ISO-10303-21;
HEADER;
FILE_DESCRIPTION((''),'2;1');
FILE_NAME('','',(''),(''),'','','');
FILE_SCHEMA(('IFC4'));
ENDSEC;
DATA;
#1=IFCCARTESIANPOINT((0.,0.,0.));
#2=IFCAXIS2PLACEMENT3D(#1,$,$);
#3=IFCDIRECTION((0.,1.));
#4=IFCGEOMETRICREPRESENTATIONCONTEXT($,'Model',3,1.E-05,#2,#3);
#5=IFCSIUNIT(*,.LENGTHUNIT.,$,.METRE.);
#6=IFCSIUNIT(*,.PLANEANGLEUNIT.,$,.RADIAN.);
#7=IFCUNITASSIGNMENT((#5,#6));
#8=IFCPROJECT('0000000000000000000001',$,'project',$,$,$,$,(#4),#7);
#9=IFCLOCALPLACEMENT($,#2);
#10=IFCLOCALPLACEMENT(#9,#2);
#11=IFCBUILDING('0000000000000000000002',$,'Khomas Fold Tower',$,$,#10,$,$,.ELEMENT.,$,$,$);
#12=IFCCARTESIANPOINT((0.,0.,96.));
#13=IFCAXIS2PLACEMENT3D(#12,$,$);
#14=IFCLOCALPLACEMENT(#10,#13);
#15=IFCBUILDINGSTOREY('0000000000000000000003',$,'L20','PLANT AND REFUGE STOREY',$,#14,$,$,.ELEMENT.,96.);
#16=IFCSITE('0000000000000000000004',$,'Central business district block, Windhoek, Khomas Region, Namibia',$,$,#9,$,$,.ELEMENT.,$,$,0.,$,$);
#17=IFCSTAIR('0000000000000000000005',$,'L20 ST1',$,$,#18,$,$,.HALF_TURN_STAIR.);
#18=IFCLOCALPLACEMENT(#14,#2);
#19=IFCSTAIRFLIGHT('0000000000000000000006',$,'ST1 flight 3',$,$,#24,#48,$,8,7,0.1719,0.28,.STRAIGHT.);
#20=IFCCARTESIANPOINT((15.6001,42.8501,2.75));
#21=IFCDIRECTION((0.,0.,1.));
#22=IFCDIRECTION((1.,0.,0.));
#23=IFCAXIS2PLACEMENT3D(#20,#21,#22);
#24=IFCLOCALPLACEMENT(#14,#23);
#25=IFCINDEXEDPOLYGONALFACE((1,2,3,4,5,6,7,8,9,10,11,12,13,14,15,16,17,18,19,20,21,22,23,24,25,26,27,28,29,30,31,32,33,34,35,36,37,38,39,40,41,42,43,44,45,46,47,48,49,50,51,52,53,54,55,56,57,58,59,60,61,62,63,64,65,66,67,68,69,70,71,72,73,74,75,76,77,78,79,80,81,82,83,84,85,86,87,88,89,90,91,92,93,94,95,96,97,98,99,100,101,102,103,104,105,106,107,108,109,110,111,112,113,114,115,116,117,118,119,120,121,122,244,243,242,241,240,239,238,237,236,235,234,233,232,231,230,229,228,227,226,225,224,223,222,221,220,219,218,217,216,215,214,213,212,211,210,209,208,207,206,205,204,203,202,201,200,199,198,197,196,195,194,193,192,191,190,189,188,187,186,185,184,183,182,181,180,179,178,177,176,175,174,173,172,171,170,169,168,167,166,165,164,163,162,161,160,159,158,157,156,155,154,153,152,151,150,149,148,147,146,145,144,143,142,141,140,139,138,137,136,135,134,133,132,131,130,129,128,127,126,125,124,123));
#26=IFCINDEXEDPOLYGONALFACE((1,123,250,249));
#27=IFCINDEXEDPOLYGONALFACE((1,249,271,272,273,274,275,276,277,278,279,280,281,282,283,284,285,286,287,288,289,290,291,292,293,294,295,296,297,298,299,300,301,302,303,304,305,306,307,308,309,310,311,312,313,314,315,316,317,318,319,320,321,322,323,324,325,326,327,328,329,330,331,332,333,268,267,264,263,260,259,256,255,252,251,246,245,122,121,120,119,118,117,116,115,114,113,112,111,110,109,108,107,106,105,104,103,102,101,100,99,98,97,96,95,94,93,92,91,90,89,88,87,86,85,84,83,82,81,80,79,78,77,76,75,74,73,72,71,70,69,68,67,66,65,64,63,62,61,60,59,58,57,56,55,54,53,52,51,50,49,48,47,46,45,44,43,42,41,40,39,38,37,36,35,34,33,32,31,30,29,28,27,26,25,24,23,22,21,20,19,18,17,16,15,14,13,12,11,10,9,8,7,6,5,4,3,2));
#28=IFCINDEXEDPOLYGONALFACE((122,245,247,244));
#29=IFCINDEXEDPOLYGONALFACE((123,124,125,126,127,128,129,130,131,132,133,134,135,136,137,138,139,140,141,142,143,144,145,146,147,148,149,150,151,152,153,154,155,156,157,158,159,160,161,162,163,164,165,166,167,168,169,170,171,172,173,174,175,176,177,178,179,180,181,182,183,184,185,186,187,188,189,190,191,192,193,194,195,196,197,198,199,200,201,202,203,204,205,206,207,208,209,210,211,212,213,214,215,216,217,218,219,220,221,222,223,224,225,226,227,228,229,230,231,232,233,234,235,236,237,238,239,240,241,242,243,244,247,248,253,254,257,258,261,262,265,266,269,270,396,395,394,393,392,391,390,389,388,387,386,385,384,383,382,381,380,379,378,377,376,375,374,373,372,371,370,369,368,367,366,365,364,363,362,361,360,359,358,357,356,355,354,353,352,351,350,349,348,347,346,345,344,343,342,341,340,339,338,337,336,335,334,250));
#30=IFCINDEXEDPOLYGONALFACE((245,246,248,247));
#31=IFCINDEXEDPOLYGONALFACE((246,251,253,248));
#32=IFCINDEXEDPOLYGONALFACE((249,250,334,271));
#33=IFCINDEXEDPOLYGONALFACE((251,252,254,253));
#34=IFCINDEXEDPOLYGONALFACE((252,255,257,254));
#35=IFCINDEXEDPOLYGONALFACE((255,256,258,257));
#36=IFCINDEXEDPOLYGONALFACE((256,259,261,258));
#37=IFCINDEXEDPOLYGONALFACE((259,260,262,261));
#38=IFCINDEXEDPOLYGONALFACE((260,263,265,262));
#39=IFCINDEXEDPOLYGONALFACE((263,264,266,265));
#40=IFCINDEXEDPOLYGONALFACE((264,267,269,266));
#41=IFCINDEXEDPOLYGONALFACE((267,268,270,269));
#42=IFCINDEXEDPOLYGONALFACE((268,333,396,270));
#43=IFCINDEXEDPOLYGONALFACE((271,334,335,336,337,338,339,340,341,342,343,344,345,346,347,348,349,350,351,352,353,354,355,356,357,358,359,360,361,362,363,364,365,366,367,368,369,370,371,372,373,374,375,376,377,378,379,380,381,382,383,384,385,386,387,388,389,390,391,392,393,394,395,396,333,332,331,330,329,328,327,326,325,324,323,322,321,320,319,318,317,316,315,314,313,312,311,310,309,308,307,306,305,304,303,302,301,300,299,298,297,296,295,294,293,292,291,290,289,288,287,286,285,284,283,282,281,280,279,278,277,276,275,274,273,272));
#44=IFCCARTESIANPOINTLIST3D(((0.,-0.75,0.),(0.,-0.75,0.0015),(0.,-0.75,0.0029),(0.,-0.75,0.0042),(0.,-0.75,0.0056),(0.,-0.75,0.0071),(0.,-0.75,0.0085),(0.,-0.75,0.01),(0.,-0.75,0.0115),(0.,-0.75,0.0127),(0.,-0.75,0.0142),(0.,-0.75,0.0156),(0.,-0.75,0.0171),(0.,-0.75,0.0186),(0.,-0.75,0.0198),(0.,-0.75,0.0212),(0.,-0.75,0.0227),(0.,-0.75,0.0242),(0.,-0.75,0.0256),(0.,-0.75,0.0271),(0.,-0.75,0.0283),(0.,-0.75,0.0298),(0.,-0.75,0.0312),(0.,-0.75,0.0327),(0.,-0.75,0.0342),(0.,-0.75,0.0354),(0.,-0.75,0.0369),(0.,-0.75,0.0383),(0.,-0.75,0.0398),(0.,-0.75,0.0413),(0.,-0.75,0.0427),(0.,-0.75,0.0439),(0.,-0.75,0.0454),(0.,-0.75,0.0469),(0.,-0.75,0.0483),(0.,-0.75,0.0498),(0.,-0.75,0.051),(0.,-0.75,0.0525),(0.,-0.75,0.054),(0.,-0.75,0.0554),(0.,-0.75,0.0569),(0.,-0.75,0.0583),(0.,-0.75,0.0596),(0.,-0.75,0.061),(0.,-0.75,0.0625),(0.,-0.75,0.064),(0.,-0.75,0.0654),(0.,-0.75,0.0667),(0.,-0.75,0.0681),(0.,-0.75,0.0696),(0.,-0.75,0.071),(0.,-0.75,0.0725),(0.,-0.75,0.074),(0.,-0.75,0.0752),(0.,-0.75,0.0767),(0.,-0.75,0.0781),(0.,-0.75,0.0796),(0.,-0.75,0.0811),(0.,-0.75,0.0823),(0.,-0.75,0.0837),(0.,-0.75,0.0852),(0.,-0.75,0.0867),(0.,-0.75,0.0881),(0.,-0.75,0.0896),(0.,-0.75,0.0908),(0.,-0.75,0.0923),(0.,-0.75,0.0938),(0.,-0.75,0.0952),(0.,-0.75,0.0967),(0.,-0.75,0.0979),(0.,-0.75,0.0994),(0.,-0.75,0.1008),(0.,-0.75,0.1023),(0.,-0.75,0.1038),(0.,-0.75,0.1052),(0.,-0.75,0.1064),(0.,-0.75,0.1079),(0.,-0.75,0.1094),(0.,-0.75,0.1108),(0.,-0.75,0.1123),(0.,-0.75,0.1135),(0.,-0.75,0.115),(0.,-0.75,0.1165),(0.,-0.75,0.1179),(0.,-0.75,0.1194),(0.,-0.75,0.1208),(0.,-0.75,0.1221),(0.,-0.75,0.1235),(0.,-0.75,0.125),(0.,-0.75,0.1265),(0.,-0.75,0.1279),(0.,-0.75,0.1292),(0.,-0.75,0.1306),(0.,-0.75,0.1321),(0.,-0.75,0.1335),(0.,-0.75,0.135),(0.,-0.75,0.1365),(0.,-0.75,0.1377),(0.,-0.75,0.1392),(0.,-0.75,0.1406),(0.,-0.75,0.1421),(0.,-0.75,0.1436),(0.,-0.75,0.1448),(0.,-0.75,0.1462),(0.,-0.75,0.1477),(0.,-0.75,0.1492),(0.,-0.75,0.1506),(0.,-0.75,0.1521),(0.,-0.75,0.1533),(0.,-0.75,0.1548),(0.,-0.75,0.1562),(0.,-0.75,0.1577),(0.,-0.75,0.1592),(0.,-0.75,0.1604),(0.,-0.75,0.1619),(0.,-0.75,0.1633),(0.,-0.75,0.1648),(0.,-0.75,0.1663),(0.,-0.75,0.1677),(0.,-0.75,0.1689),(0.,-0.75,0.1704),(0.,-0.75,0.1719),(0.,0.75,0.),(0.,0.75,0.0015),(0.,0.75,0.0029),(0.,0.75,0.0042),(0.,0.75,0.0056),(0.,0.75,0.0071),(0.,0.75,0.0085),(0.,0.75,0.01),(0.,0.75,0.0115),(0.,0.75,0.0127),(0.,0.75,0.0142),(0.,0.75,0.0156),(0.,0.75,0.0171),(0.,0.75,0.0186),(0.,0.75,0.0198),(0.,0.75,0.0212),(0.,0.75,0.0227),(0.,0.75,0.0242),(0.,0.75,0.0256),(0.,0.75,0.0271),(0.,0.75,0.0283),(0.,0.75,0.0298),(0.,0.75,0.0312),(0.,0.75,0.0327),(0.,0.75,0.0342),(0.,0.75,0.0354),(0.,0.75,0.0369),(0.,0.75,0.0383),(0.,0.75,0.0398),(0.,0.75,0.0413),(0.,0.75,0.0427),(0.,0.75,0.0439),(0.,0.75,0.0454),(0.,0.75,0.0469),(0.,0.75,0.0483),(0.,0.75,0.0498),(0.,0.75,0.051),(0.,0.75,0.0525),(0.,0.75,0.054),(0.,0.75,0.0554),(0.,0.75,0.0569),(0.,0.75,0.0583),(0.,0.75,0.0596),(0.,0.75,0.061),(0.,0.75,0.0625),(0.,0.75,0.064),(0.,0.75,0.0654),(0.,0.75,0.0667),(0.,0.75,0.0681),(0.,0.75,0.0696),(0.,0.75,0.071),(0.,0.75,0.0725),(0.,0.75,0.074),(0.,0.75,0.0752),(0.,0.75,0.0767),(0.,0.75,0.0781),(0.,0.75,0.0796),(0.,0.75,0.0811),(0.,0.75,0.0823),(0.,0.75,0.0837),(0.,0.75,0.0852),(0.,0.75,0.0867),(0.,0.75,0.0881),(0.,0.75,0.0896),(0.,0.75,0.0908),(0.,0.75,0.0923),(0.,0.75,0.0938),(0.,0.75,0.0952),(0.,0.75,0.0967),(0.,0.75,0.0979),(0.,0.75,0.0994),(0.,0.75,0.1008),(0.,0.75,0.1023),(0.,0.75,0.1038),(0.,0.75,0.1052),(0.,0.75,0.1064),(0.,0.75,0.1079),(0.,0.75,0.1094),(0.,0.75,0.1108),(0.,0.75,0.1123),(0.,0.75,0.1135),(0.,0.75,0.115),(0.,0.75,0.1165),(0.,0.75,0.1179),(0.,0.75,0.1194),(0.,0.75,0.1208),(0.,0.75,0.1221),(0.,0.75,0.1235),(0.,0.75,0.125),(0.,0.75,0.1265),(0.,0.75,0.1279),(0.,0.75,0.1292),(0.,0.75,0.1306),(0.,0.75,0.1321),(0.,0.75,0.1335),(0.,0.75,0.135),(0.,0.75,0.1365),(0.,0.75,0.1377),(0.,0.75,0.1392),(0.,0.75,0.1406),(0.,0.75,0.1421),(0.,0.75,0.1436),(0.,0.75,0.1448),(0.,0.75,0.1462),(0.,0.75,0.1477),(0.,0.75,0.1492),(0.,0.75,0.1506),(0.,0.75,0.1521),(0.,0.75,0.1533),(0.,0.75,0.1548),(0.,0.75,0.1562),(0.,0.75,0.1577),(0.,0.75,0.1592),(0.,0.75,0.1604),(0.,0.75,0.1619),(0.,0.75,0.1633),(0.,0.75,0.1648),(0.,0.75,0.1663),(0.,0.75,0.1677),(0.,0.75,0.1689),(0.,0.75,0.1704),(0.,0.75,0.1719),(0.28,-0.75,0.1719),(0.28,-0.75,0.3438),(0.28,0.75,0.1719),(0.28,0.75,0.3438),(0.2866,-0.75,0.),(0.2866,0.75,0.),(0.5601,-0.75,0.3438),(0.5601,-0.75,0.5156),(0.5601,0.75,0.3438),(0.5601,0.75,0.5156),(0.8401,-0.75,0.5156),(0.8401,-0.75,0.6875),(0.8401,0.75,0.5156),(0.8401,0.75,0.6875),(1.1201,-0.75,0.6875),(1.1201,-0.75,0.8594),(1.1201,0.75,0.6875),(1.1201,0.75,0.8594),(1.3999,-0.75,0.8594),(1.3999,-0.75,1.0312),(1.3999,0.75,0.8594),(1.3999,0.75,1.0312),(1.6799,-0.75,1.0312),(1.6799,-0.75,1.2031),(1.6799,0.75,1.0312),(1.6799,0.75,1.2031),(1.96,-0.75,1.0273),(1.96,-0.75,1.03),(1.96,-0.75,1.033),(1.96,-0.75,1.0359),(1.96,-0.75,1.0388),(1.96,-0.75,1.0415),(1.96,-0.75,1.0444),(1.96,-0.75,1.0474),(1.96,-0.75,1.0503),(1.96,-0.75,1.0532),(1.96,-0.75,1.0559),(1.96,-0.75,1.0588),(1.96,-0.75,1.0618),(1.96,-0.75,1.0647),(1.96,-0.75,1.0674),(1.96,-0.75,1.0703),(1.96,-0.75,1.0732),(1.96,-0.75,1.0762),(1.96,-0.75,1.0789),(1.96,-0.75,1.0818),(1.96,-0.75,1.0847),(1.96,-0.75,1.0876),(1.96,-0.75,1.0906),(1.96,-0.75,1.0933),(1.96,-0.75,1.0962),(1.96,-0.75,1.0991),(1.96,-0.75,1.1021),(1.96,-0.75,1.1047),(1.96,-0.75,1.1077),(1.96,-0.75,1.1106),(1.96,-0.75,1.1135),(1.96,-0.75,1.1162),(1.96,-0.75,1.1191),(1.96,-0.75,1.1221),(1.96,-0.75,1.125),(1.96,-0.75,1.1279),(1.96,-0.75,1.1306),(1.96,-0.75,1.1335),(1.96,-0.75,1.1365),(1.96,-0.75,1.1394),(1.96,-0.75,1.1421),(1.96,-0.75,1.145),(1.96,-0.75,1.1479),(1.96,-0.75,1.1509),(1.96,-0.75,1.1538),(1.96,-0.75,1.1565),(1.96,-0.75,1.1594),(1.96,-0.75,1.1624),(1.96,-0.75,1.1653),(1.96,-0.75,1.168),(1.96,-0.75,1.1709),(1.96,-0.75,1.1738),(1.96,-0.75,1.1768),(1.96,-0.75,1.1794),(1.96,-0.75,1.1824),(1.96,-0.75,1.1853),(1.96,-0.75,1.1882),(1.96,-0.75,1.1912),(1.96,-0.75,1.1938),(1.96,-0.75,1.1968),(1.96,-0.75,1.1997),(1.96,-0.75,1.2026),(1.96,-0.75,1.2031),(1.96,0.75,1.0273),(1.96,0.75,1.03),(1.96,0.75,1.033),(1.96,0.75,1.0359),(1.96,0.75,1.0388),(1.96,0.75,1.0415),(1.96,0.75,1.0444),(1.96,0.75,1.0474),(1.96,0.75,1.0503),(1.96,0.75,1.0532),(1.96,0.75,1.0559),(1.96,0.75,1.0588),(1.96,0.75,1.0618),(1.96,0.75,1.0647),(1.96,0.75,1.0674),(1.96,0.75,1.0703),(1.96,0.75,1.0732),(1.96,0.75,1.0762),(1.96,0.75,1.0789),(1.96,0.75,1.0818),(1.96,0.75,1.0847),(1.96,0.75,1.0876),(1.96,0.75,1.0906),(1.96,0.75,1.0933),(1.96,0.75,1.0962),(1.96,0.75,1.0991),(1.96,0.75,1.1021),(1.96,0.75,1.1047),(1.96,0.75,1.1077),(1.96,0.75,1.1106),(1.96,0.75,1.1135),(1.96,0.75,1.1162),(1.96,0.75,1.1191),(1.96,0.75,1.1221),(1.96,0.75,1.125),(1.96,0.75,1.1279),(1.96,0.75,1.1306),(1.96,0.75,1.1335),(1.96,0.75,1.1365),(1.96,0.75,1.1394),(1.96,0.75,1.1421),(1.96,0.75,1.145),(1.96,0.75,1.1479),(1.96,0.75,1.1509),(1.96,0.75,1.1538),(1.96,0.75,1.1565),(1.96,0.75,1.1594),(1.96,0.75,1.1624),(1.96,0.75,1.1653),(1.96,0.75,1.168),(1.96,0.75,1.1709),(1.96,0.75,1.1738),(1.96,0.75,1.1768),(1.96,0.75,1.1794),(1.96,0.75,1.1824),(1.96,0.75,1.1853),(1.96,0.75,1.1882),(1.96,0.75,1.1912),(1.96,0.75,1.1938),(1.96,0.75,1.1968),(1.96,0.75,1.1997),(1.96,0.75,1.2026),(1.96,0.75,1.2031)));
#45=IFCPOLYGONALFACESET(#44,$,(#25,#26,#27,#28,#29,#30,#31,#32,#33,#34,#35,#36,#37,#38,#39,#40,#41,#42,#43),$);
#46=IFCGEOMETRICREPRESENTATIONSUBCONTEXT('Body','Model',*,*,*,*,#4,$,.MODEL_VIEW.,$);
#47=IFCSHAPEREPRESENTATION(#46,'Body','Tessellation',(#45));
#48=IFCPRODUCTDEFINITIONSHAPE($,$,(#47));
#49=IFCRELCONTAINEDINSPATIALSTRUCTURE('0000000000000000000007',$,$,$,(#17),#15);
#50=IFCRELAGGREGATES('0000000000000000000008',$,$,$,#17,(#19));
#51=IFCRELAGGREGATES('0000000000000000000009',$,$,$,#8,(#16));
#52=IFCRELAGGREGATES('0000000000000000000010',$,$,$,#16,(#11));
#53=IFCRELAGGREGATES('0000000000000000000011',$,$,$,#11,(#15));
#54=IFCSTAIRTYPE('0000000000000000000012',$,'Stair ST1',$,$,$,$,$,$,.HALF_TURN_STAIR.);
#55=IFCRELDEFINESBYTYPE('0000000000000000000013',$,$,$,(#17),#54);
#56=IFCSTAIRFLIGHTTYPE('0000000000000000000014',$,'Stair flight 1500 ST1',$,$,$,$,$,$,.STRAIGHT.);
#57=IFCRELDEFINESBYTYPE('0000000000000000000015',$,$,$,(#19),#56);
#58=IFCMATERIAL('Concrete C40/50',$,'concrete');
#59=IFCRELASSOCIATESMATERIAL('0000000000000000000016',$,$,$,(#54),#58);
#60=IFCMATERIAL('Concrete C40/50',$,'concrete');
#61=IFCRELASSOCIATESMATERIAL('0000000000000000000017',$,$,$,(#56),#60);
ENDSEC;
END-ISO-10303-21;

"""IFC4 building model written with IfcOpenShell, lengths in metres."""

from ifc_helpers import new_model, si_unit, direction, frame, origin, place, context, subcontext, project, spatial, polyline, outline, extrude, source, transform, mapped, material, type_object, element, aggregate, save


model = new_model("IFC4")

# Units and contexts
model_context = context("Model", 3, precision=1e-05, world=origin(), true_north=direction((0.0, 1.0)))
body_context = subcontext(model_context, "Body", "Model", "MODEL_VIEW")
ifc_project = project(units=[si_unit("LENGTHUNIT", "METRE"), si_unit("PLANEANGLEUNIT", "RADIAN")], contexts=[model_context])

# Site, building, storey
site_placement = place(None, origin())
site = spatial("IfcSite", under=ifc_project, at=site_placement, Name="Central business district block, Windhoek, Khomas Region, Namibia", CompositionType="ELEMENT", RefElevation=0.0)
building_placement = place(site_placement, origin())
building = spatial("IfcBuilding", under=site, at=building_placement, Name="Khomas Fold Tower", CompositionType="ELEMENT")
storey_placement = place(building_placement, frame((0.0, 0.0, 96.0)))
storey = spatial("IfcBuildingStorey", under=building, at=storey_placement, Name="L20", Description="PLANT AND REFUGE STOREY", CompositionType="ELEMENT", Elevation=96.0)

# Stair, stair flight
ifc_material_1 = material(Name="Concrete C40/50", Category="concrete")
stair_type_1 = type_object("IfcStairType", Name="Stair ST1", PredefinedType="HALF_TURN_STAIR", material=ifc_material_1)
stair_1_placement = place(storey_placement, origin())
stair_1 = element("IfcStair", 1, at=stair_1_placement, inside=storey, type_object=stair_type_1, Name="L20 ST1", PredefinedType="HALF_TURN_STAIR")
ifc_material_2 = material(Name="Concrete C40/50", Category="concrete")
stair_flight_type_1 = type_object("IfcStairFlightType", Name="Stair flight 1500 ST1", PredefinedType="STRAIGHT", material=ifc_material_2)
shared_shape_1 = source(origin(), body_context, "Body", "SweptSolid", [
    extrude(outline(polyline([(0.0, 0.0), (0.0, 0.0015), (0.0, 0.0029), (0.0, 0.0042), (0.0, 0.0056), (0.0, 0.0071), (0.0, 0.0085), (0.0, 0.01), (0.0, 0.0115), (0.0, 0.0127), (0.0, 0.0142), (0.0, 0.0156), (0.0, 0.0171), (0.0, 0.0186), (0.0, 0.0198), (0.0, 0.0212), (0.0, 0.0227), (0.0, 0.0242), (0.0, 0.0256), (0.0, 0.0271), (0.0, 0.0283), (0.0, 0.0298), (0.0, 0.0312), (0.0, 0.0327), (0.0, 0.0342), (0.0, 0.0354), (0.0, 0.0369), (0.0, 0.0383), (0.0, 0.0398), (0.0, 0.0413), (0.0, 0.0427), (0.0, 0.0439), (0.0, 0.0454), (0.0, 0.0469), (0.0, 0.0483), (0.0, 0.0498), (0.0, 0.051), (0.0, 0.0525), (0.0, 0.054), (0.0, 0.0554), (0.0, 0.0569), (0.0, 0.0583), (0.0, 0.0596), (0.0, 0.061), (0.0, 0.0625), (0.0, 0.064), (0.0, 0.0654), (0.0, 0.0667), (0.0, 0.0681), (0.0, 0.0696), (0.0, 0.071), (0.0, 0.0725), (0.0, 0.074), (0.0, 0.0752), (0.0, 0.0767), (0.0, 0.0781), (0.0, 0.0796), (0.0, 0.0811), (0.0, 0.0823), (0.0, 0.0837), (0.0, 0.0852), (0.0, 0.0867), (0.0, 0.0881), (0.0, 0.0896), (0.0, 0.0908), (0.0, 0.0923), (0.0, 0.0938), (0.0, 0.0952), (0.0, 0.0967), (0.0, 0.0979), (0.0, 0.0994), (0.0, 0.1008), (0.0, 0.1023), (0.0, 0.1038), (0.0, 0.1052), (0.0, 0.1064), (0.0, 0.1079), (0.0, 0.1094), (0.0, 0.1108), (0.0, 0.1123), (0.0, 0.1135), (0.0, 0.115), (0.0, 0.1165), (0.0, 0.1179), (0.0, 0.1194), (0.0, 0.1208), (0.0, 0.1221), (0.0, 0.1235), (0.0, 0.125), (0.0, 0.1265), (0.0, 0.1279), (0.0, 0.1292), (0.0, 0.1306), (0.0, 0.1321), (0.0, 0.1335), (0.0, 0.135), (0.0, 0.1365), (0.0, 0.1377), (0.0, 0.1392), (0.0, 0.1406), (0.0, 0.1421), (0.0, 0.1436), (0.0, 0.1448), (0.0, 0.1462), (0.0, 0.1477), (0.0, 0.1492), (0.0, 0.1506), (0.0, 0.1521), (0.0, 0.1533), (0.0, 0.1548), (0.0, 0.1562), (0.0, 0.1577), (0.0, 0.1592), (0.0, 0.1604), (0.0, 0.1619), (0.0, 0.1633), (0.0, 0.1648), (0.0, 0.1663), (0.0, 0.1677), (0.0, 0.1689), (0.0, 0.1704), (0.0, 0.1719), (0.28, 0.1719), (0.28, 0.3438), (0.5601, 0.3438), (0.5601, 0.5156), (0.8401, 0.5156), (0.8401, 0.6875), (1.1201, 0.6875), (1.1201, 0.8594), (1.3999, 0.8594), (1.3999, 1.0312), (1.6799, 1.0312), (1.6799, 1.2031), (1.96, 1.2031), (1.96, 1.375), (1.96, 1.3721), (1.96, 1.3691), (1.96, 1.3665), (1.96, 1.3635), (1.96, 1.3606), (1.96, 1.3577), (1.96, 1.355), (1.96, 1.3521), (1.96, 1.3491), (1.96, 1.3462), (1.96, 1.3435), (1.96, 1.3406), (1.96, 1.3376), (1.96, 1.3347), (1.96, 1.3318), (1.96, 1.3291), (1.96, 1.3262), (1.96, 1.3232), (1.96, 1.3203), (1.96, 1.3176), (1.96, 1.3147), (1.96, 1.3118), (1.96, 1.3088), (1.96, 1.3059), (1.96, 1.3032), (1.96, 1.3003), (1.96, 1.2974), (1.96, 1.2944), (1.96, 1.2917), (1.96, 1.2888), (1.96, 1.2859), (1.96, 1.283), (1.96, 1.2803), (1.96, 1.2773), (1.96, 1.2744), (1.96, 1.2715), (1.96, 1.2686), (1.96, 1.2659), (1.96, 1.2629), (1.96, 1.26), (1.96, 1.2571), (1.96, 1.2544), (1.96, 1.2515), (1.96, 1.2485), (1.96, 1.2456), (1.96, 1.2427), (1.96, 1.24), (1.96, 1.2371), (1.96, 1.2341), (1.96, 1.2312), (1.96, 1.2285), (1.96, 1.2256), (1.96, 1.2227), (1.96, 1.2197), (1.96, 1.217), (1.96, 1.2141), (1.96, 1.2112), (1.96, 1.2083), (1.96, 1.2053), (1.96, 1.2026), (1.96, 1.1997), (1.96, 1.1968), (1.96, 1.1938), (1.96, 1.1912), (1.96, 1.1882), (1.96, 1.1853), (1.96, 1.1824), (1.96, 1.1794), (1.96, 1.1768), (1.96, 1.1738), (1.96, 1.1709), (1.96, 1.168), (1.96, 1.1653), (1.96, 1.1624), (1.96, 1.1594), (1.96, 1.1565), (1.96, 1.1538), (1.96, 1.1509), (1.96, 1.1479), (1.96, 1.145), (1.96, 1.1421), (1.96, 1.1394), (1.96, 1.1365), (1.96, 1.1335), (1.96, 1.1306), (1.96, 1.1279), (1.96, 1.125), (1.96, 1.1221), (1.96, 1.1191), (1.96, 1.1162), (1.96, 1.1135), (1.96, 1.1106), (1.96, 1.1077), (1.96, 1.1047), (1.96, 1.1021), (1.96, 1.0991), (1.96, 1.0962), (1.96, 1.0933), (1.96, 1.0906), (1.96, 1.0876), (1.96, 1.0847), (1.96, 1.0818), (1.96, 1.0789), (1.96, 1.0762), (1.96, 1.0732), (1.96, 1.0703), (1.96, 1.0674), (1.96, 1.0647), (1.96, 1.0618), (1.96, 1.0588), (1.96, 1.0559), (1.96, 1.0532), (1.96, 1.0503), (1.96, 1.0474), (1.96, 1.0444), (1.96, 1.0415), (1.96, 1.0388), (1.96, 1.0359), (1.96, 1.033), (1.96, 1.03), (1.96, 1.0273), (0.2866, 0.0), (0.0, 0.0)])), frame((0.0, 0.75, 0.0), z_axis=(0.0, -1.0, 0.0), x_axis=(1.0, 0.0, 0.0)), (0.0, 0.0, 1.0), 1.5),
])
stair_flight_1_placement = place(storey_placement, frame((15.6001, 42.8501, 2.75), z_axis=(0.0, 0.0, 1.0), x_axis=(1.0, 0.0, 0.0)))
stair_flight_1 = element("IfcStairFlight", 2, at=stair_flight_1_placement, type_object=stair_flight_type_1, Name="ST1 flight 3", NumberOfRisers=8, NumberOfTreads=7, PredefinedType="STRAIGHT", RiserHeight=0.1719, TreadLength=0.28, context=body_context, shape_type="MappedRepresentation", body=[
    mapped(shared_shape_1, transform((0.0, 0.0, 0.0))),
])
aggregate(stair_1, [stair_flight_1])

save(model, "model.ifc")
